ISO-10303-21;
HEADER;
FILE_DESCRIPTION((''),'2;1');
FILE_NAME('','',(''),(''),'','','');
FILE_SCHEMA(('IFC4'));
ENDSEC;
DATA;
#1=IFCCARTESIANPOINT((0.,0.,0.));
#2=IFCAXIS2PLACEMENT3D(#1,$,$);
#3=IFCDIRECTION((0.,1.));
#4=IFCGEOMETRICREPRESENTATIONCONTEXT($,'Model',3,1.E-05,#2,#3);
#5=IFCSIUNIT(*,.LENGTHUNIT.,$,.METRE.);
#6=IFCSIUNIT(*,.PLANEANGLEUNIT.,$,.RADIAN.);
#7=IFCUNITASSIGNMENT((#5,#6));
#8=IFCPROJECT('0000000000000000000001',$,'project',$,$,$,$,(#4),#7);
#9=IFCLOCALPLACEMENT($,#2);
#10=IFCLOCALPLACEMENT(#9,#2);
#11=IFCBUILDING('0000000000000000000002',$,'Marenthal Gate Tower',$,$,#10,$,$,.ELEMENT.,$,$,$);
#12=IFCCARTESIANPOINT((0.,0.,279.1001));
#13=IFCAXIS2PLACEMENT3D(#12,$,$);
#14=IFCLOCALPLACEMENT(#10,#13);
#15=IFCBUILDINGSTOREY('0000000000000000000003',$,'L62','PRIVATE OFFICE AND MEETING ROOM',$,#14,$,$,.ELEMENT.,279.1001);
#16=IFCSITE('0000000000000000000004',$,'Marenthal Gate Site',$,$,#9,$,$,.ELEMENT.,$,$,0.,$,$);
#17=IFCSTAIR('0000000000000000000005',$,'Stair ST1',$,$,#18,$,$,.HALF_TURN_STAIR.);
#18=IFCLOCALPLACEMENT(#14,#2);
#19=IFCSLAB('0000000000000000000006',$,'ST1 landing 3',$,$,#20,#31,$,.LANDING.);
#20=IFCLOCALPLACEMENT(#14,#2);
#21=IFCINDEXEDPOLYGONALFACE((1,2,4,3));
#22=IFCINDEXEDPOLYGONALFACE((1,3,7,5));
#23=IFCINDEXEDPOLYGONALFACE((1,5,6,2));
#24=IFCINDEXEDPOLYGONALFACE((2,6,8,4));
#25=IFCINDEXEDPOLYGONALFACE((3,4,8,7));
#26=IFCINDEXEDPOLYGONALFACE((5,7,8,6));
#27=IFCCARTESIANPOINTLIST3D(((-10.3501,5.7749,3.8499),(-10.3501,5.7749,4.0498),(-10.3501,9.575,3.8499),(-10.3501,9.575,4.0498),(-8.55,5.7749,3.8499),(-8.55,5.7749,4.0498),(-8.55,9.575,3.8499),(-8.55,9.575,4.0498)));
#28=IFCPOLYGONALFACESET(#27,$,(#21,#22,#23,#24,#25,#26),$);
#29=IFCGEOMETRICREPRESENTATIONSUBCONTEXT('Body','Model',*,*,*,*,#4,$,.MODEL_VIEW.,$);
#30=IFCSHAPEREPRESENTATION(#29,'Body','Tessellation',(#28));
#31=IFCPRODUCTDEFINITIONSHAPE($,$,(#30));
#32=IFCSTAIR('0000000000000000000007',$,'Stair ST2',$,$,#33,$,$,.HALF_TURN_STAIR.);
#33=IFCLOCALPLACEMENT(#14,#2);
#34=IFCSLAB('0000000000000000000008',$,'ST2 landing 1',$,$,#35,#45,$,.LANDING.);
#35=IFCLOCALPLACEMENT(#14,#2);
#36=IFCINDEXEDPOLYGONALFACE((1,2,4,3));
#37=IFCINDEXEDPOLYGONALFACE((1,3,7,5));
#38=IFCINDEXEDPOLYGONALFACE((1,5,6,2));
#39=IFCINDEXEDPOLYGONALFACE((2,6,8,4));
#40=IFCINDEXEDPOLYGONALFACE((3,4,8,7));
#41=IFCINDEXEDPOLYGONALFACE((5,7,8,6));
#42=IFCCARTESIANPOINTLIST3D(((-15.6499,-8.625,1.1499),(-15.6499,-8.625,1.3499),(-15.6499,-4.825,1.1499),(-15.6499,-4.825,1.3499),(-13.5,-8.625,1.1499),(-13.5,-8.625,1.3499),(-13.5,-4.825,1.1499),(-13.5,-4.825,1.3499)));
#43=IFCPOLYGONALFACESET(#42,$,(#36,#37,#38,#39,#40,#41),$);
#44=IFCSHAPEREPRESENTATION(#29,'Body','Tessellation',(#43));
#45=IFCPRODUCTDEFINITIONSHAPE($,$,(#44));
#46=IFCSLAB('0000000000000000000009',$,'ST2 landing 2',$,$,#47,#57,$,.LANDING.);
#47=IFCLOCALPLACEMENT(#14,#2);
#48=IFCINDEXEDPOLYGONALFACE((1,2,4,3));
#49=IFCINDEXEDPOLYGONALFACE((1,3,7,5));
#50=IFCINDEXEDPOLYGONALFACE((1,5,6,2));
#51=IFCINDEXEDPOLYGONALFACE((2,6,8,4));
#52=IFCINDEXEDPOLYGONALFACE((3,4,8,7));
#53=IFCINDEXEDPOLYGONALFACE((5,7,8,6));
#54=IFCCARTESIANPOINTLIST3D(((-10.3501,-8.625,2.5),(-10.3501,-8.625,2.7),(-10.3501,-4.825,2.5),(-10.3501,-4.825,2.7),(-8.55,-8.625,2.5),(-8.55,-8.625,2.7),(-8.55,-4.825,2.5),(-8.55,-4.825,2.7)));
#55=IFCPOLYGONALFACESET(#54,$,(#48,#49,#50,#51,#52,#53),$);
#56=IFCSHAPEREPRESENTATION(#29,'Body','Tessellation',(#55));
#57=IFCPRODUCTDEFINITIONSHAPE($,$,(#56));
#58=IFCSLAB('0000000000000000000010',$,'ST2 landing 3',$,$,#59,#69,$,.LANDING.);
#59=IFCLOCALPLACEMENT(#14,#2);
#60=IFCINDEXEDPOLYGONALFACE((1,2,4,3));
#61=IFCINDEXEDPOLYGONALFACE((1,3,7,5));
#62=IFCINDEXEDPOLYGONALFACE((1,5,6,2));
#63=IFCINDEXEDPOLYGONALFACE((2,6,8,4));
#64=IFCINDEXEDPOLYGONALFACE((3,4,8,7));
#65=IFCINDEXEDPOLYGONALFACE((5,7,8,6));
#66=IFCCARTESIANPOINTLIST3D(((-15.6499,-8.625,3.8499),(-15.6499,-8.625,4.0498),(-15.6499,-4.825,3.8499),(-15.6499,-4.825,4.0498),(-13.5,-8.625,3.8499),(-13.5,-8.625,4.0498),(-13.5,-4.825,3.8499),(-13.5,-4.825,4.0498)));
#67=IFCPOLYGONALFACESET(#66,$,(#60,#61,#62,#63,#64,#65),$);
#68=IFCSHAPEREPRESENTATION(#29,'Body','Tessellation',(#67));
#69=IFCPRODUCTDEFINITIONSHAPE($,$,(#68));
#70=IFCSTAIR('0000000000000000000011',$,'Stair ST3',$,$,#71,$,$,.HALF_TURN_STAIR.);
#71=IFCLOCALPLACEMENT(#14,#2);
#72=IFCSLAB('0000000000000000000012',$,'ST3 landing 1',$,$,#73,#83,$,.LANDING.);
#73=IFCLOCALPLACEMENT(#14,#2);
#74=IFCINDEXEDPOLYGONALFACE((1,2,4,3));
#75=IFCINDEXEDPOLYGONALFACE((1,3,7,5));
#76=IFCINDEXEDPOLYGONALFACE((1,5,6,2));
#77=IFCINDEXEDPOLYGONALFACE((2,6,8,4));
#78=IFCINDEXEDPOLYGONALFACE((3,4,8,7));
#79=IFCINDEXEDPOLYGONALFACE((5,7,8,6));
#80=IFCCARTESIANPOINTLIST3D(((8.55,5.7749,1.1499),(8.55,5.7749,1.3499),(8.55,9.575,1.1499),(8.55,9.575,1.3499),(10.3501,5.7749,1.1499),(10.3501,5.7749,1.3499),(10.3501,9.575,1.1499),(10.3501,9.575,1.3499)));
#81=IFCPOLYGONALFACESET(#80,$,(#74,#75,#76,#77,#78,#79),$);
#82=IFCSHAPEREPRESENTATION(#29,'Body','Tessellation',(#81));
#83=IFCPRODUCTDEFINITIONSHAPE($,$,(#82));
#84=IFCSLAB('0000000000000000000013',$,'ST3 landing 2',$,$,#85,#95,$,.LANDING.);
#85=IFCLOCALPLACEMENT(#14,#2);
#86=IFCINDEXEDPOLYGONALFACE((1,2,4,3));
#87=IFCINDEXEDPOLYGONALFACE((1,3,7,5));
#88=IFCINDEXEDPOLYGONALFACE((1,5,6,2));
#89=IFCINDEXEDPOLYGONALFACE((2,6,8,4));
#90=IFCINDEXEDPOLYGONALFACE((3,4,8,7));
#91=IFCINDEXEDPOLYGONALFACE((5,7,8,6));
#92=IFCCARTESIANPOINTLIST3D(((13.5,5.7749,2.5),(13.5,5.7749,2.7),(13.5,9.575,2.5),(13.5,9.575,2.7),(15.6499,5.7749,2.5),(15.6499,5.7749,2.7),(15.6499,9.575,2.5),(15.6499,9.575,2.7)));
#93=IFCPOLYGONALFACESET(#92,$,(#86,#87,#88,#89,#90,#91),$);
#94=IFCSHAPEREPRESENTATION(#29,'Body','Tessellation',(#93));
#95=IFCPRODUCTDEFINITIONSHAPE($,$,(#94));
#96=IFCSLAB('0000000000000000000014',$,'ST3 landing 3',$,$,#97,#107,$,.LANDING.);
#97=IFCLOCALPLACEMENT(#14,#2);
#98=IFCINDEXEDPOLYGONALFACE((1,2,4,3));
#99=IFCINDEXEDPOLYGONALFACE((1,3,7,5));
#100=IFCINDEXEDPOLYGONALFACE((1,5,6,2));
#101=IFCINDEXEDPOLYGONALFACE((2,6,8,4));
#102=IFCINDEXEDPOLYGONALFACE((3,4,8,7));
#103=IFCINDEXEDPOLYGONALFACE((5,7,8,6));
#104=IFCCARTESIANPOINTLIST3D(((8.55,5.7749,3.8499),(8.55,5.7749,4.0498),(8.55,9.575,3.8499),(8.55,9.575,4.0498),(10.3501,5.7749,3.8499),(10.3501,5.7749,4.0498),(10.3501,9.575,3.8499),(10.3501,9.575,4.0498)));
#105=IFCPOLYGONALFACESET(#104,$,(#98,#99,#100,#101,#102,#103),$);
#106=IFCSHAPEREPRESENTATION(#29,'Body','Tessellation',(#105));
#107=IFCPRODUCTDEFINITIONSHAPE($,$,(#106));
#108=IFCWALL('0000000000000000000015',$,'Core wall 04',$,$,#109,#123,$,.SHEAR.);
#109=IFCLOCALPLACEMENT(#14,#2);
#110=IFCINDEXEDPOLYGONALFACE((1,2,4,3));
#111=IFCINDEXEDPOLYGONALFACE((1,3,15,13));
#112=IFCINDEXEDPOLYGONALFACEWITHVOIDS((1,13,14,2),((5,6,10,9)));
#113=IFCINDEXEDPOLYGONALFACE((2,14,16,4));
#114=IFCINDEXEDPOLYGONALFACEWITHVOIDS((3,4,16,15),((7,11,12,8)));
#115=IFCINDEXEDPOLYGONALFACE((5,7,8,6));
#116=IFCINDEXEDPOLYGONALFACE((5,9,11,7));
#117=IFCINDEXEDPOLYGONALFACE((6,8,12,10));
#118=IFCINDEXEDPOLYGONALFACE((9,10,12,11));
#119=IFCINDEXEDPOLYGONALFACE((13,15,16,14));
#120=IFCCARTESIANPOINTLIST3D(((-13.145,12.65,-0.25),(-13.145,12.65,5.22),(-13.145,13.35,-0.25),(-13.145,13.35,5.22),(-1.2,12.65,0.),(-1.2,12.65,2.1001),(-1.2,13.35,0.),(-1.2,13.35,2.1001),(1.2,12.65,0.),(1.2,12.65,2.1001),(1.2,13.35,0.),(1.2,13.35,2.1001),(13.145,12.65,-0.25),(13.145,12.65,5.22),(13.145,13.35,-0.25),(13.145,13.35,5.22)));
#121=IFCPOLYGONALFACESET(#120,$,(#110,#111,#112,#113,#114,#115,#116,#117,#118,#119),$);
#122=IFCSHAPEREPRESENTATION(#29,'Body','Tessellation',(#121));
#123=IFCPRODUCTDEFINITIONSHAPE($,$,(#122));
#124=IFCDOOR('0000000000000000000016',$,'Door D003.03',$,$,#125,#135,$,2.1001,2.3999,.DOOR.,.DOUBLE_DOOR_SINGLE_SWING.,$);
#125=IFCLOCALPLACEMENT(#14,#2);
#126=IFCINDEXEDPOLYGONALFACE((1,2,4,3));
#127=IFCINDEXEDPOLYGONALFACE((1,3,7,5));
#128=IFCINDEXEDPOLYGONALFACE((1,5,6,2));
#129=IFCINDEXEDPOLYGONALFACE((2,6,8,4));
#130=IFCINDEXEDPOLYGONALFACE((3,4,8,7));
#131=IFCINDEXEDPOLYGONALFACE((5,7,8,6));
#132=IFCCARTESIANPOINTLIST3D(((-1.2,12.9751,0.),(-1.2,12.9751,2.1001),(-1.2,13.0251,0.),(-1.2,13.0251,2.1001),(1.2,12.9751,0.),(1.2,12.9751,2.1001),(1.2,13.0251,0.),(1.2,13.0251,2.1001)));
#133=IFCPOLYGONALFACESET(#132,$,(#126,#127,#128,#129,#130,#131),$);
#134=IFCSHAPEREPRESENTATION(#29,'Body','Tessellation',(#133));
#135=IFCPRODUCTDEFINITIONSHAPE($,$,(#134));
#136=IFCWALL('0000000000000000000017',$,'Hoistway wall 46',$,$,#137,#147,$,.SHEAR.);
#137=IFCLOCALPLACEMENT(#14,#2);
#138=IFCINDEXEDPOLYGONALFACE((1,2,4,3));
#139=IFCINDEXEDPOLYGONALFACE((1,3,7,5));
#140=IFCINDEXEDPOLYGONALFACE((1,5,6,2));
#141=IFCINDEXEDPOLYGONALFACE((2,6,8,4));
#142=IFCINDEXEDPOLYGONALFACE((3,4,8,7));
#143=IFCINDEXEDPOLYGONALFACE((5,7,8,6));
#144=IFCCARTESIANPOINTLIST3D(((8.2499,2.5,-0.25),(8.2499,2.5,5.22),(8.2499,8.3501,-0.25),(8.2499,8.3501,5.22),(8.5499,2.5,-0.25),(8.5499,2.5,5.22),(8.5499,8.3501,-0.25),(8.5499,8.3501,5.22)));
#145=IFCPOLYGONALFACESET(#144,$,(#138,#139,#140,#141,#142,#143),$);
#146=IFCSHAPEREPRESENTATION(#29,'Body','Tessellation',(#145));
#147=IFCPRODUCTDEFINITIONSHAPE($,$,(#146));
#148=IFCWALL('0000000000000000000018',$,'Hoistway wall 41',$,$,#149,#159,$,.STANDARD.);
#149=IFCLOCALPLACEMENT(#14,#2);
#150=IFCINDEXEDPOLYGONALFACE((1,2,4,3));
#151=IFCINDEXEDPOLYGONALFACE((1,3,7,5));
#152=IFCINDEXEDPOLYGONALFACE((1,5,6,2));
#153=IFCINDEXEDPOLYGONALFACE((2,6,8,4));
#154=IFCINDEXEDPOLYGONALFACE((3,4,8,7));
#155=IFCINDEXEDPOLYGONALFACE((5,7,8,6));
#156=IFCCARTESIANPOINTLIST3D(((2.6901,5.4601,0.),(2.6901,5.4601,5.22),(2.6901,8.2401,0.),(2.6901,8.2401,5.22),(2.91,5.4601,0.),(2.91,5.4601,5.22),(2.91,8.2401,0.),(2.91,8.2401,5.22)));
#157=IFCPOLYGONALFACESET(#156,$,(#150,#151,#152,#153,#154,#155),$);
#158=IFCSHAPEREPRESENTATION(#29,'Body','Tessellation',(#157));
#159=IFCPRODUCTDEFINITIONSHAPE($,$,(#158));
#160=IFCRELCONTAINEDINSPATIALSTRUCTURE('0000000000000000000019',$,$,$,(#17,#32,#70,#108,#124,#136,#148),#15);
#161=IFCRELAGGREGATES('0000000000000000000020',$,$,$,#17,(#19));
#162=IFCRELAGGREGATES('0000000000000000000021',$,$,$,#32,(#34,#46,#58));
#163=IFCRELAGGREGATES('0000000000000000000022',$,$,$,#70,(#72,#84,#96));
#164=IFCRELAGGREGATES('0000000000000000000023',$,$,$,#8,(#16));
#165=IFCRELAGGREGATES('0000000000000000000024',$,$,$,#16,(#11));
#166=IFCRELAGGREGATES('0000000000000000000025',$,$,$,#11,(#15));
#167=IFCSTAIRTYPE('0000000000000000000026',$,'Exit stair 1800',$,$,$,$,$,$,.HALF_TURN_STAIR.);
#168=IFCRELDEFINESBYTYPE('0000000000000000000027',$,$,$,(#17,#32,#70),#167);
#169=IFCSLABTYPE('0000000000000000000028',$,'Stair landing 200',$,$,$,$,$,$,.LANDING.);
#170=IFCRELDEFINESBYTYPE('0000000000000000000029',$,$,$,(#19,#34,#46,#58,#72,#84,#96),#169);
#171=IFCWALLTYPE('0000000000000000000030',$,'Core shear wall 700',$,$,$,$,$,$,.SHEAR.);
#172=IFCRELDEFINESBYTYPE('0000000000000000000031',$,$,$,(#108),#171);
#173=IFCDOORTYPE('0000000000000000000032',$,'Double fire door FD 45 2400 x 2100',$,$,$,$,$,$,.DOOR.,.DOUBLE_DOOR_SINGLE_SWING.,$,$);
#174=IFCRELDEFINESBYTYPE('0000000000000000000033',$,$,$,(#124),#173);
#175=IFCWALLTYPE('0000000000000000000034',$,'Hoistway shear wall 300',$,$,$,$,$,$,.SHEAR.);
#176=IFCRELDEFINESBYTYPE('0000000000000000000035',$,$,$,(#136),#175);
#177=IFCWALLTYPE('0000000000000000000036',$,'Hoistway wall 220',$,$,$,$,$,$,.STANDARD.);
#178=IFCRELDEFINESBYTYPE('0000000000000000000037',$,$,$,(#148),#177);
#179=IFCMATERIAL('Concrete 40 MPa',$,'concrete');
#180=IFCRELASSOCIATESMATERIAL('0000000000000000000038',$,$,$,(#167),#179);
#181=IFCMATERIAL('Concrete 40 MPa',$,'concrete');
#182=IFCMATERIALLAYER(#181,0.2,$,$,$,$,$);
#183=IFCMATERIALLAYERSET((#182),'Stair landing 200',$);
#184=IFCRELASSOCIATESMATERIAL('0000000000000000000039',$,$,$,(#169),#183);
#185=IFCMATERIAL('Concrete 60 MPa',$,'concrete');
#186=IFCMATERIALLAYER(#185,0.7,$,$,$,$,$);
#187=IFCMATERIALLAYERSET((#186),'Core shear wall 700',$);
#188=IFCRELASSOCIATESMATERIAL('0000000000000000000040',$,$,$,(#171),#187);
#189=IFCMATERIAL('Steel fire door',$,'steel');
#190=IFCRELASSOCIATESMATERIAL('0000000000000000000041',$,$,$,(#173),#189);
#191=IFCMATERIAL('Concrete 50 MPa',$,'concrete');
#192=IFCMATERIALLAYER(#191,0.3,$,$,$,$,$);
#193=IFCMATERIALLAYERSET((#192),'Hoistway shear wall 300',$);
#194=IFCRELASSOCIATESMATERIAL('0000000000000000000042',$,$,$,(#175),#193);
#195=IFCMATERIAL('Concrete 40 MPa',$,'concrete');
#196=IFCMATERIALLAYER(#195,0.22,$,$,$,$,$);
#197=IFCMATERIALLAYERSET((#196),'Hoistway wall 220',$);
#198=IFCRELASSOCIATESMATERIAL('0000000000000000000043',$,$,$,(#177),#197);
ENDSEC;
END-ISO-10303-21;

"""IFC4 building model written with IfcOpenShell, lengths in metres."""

from ifc_helpers import new_model, si_unit, direction, frame, frame_2d, origin, place, context, subcontext, project, spatial, polyline, rectangle, outline, extrude, material, layer, layer_set, type_object, element, fill, aggregate, save


model = new_model("IFC4")

# Units and contexts
model_context = context("Model", 3, precision=1e-05, world=origin(), true_north=direction((0.0, 1.0)))
body_context = subcontext(model_context, "Body", "Model", "MODEL_VIEW")
ifc_project = project(units=[si_unit("LENGTHUNIT", "METRE"), si_unit("PLANEANGLEUNIT", "RADIAN")], contexts=[model_context])

# Site, building, storey
site_placement = place(None, origin())
site = spatial("IfcSite", under=ifc_project, at=site_placement, Name="Marenthal Gate Site", CompositionType="ELEMENT", RefElevation=0.0)
building_placement = place(site_placement, origin())
building = spatial("IfcBuilding", under=site, at=building_placement, Name="Marenthal Gate Tower", CompositionType="ELEMENT")
storey_placement = place(building_placement, frame((0.0, 0.0, 279.1001)))
storey = spatial("IfcBuildingStorey", under=building, at=storey_placement, Name="L62", Description="PRIVATE OFFICE AND MEETING ROOM", CompositionType="ELEMENT", Elevation=279.1001)

# Stair, slab
ifc_material_1 = material(Name="Concrete 40 MPa", Category="concrete")
stair_type = type_object("IfcStairType", Name="Exit stair 1800", PredefinedType="HALF_TURN_STAIR", material=ifc_material_1)
stair_1_placement = place(storey_placement, origin())
stair_1 = element("IfcStair", 1, at=stair_1_placement, inside=storey, type_object=stair_type, Name="Stair ST1", PredefinedType="HALF_TURN_STAIR")
ifc_material_2 = material(Name="Concrete 40 MPa", Category="concrete")
ifc_layer_1 = layer(ifc_material_2, 0.2)
ifc_layer_set_1 = layer_set([ifc_layer_1], Name="Stair landing 200")
slab_type = type_object("IfcSlabType", Name="Stair landing 200", PredefinedType="LANDING", material=ifc_layer_set_1)
slab_1_placement = place(storey_placement, frame((0.0, 0.0, 3.8499)))
slab_1 = element("IfcSlab", 2, at=slab_1_placement, type_object=slab_type, Name="ST1 landing 3", PredefinedType="LANDING", context=body_context, shape_type="SweptSolid", body=[
    extrude(outline(polyline([(-10.3501, 5.7749), (-8.55, 5.7749), (-8.55, 9.575), (-10.3501, 9.575), (-10.3501, 5.7749)])), origin(), (0.0, 0.0, 1.0), 0.2),
])
aggregate(stair_1, [slab_1])

# Stairs, slabs
stair_2_placement = place(storey_placement, origin())
stair_2 = element("IfcStair", 3, at=stair_2_placement, inside=storey, type_object=stair_type, Name="Stair ST2", PredefinedType="HALF_TURN_STAIR")
slab_2_placement = place(storey_placement, frame((0.0, 0.0, 1.1499)))
slab_2 = element("IfcSlab", 4, at=slab_2_placement, type_object=slab_type, Name="ST2 landing 1", PredefinedType="LANDING", context=body_context, shape_type="SweptSolid", body=[
    extrude(outline(polyline([(-15.6499, -8.625), (-13.5, -8.625), (-13.5, -4.825), (-15.6499, -4.825), (-15.6499, -8.625)])), origin(), (0.0, 0.0, 1.0), 0.2),
])
slab_3_placement = place(storey_placement, frame((0.0, 0.0, 2.5)))
slab_3 = element("IfcSlab", 5, at=slab_3_placement, type_object=slab_type, Name="ST2 landing 2", PredefinedType="LANDING", context=body_context, shape_type="SweptSolid", body=[
    extrude(outline(polyline([(-10.3501, -8.625), (-8.55, -8.625), (-8.55, -4.825), (-10.3501, -4.825), (-10.3501, -8.625)])), origin(), (0.0, 0.0, 1.0), 0.2),
])
slab_4_placement = place(storey_placement, frame((0.0, 0.0, 3.8499)))
slab_4 = element("IfcSlab", 6, at=slab_4_placement, type_object=slab_type, Name="ST2 landing 3", PredefinedType="LANDING", context=body_context, shape_type="SweptSolid", body=[
    extrude(outline(polyline([(-15.6499, -8.625), (-13.5, -8.625), (-13.5, -4.825), (-15.6499, -4.825), (-15.6499, -8.625)])), origin(), (0.0, 0.0, 1.0), 0.2),
])
aggregate(stair_2, [slab_2, slab_3, slab_4])
stair_3_placement = place(storey_placement, origin())
stair_3 = element("IfcStair", 7, at=stair_3_placement, inside=storey, type_object=stair_type, Name="Stair ST3", PredefinedType="HALF_TURN_STAIR")
slab_5_placement = place(storey_placement, frame((0.0, 0.0, 1.1499)))
slab_5 = element("IfcSlab", 8, at=slab_5_placement, type_object=slab_type, Name="ST3 landing 1", PredefinedType="LANDING", context=body_context, shape_type="SweptSolid", body=[
    extrude(outline(polyline([(8.55, 5.7749), (10.3501, 5.7749), (10.3501, 9.575), (8.55, 9.575), (8.55, 5.7749)])), origin(), (0.0, 0.0, 1.0), 0.2),
])
slab_6_placement = place(storey_placement, frame((0.0, 0.0, 2.5)))
slab_6 = element("IfcSlab", 9, at=slab_6_placement, type_object=slab_type, Name="ST3 landing 2", PredefinedType="LANDING", context=body_context, shape_type="SweptSolid", body=[
    extrude(outline(polyline([(13.5, 5.7749), (15.6499, 5.7749), (15.6499, 9.575), (13.5, 9.575), (13.5, 5.7749)])), origin(), (0.0, 0.0, 1.0), 0.2),
])
slab_7_placement = place(storey_placement, frame((0.0, 0.0, 3.8499)))
slab_7 = element("IfcSlab", 10, at=slab_7_placement, type_object=slab_type, Name="ST3 landing 3", PredefinedType="LANDING", context=body_context, shape_type="SweptSolid", body=[
    extrude(outline(polyline([(8.55, 5.7749), (10.3501, 5.7749), (10.3501, 9.575), (8.55, 9.575), (8.55, 5.7749)])), origin(), (0.0, 0.0, 1.0), 0.2),
])

# Wall, opening, door
ifc_material_3 = material(Name="Concrete 60 MPa", Category="concrete")
ifc_layer_2 = layer(ifc_material_3, 0.7)
ifc_layer_set_2 = layer_set([ifc_layer_2], Name="Core shear wall 700")
wall_type_1 = type_object("IfcWallType", Name="Core shear wall 700", PredefinedType="SHEAR", material=ifc_layer_set_2)
wall_1_placement = place(storey_placement, frame((13.145, 13.0, -0.25), z_axis=(0.0, 0.0, 1.0), x_axis=(-1.0, 0.0, 0.0)))
wall_1 = element("IfcWall", 11, at=wall_1_placement, inside=storey, type_object=wall_type_1, Name="Core wall 04", PredefinedType="SHEAR", context=body_context, shape_type="SweptSolid", body=[
    extrude(rectangle(XDim=26.29, YDim=0.7, at=frame_2d((13.145, 0.0))), origin(), (0.0, 0.0, 1.0), 5.47),
])
opening_1_placement = place(wall_1_placement, frame((11.9451, 0.0, 0.25)))
opening_1 = element("IfcOpeningElement", 12, at=opening_1_placement, cuts=wall_1, PredefinedType="OPENING", context=body_context, shape_type="SweptSolid", body=[
    extrude(rectangle(XDim=2.3999, YDim=2.1001, at=frame_2d((1.2, 1.05))), frame((0.0, 0.3599, 0.0), z_axis=(0.0, -1.0, 0.0), x_axis=(1.0, 0.0, 0.0)), (0.0, 0.0, 1.0), 0.72),
])
ifc_material_4 = material(Name="Steel fire door", Category="steel")
door_type_1 = type_object("IfcDoorType", Name="Double fire door FD 45 2400 x 2100", OperationType="DOUBLE_DOOR_SINGLE_SWING", PredefinedType="DOOR", material=ifc_material_4)
door_1_placement = place(opening_1_placement, origin())
door_1 = element("IfcDoor", 13, at=door_1_placement, inside=storey, type_object=door_type_1, Name="Door D003.03", OperationType="DOUBLE_DOOR_SINGLE_SWING", OverallHeight=2.1001, OverallWidth=2.3999, PredefinedType="DOOR", context=body_context, shape_type="SweptSolid", body=[
    extrude(rectangle(XDim=2.3999, YDim=2.1001, at=frame_2d((1.2, 1.05))), frame((0.0, 0.0249, 0.0), z_axis=(0.0, -1.0, 0.0), x_axis=(1.0, 0.0, 0.0)), (0.0, 0.0, 1.0), 0.05),
])
fill(opening_1, door_1)

# Walls
ifc_material_5 = material(Name="Concrete 50 MPa", Category="concrete")
ifc_layer_3 = layer(ifc_material_5, 0.3)
ifc_layer_set_3 = layer_set([ifc_layer_3], Name="Hoistway shear wall 300")
wall_type_2 = type_object("IfcWallType", Name="Hoistway shear wall 300", PredefinedType="SHEAR", material=ifc_layer_set_3)
wall_2_placement = place(storey_placement, frame((8.3999, 2.5, -0.25), z_axis=(0.0, 0.0, 1.0), x_axis=(0.0, 1.0, 0.0)))
element("IfcWall", 14, at=wall_2_placement, inside=storey, type_object=wall_type_2, Name="Hoistway wall 46", PredefinedType="SHEAR", context=body_context, shape_type="SweptSolid", body=[
    extrude(rectangle(XDim=5.8501, YDim=0.3, at=frame_2d((2.925, 0.0))), origin(), (0.0, 0.0, 1.0), 5.47),
])
ifc_material_6 = material(Name="Concrete 40 MPa", Category="concrete")
ifc_layer_4 = layer(ifc_material_6, 0.22)
ifc_layer_set_4 = layer_set([ifc_layer_4], Name="Hoistway wall 220")
wall_type_3 = type_object("IfcWallType", Name="Hoistway wall 220", PredefinedType="STANDARD", material=ifc_layer_set_4)
wall_3_placement = place(storey_placement, frame((2.8, 5.46, 0.0), z_axis=(0.0, 0.0, 1.0), x_axis=(0.0, 1.0, 0.0)))
element("IfcWall", 15, at=wall_3_placement, inside=storey, type_object=wall_type_3, Name="Hoistway wall 41", PredefinedType="STANDARD", context=body_context, shape_type="SweptSolid", body=[
    extrude(rectangle(XDim=2.78, YDim=0.22, at=frame_2d((1.3901, 0.0))), origin(), (0.0, 0.0, 1.0), 5.22),
])

aggregate(stair_3, [slab_5, slab_6, slab_7])

save(model, "model.ifc")
